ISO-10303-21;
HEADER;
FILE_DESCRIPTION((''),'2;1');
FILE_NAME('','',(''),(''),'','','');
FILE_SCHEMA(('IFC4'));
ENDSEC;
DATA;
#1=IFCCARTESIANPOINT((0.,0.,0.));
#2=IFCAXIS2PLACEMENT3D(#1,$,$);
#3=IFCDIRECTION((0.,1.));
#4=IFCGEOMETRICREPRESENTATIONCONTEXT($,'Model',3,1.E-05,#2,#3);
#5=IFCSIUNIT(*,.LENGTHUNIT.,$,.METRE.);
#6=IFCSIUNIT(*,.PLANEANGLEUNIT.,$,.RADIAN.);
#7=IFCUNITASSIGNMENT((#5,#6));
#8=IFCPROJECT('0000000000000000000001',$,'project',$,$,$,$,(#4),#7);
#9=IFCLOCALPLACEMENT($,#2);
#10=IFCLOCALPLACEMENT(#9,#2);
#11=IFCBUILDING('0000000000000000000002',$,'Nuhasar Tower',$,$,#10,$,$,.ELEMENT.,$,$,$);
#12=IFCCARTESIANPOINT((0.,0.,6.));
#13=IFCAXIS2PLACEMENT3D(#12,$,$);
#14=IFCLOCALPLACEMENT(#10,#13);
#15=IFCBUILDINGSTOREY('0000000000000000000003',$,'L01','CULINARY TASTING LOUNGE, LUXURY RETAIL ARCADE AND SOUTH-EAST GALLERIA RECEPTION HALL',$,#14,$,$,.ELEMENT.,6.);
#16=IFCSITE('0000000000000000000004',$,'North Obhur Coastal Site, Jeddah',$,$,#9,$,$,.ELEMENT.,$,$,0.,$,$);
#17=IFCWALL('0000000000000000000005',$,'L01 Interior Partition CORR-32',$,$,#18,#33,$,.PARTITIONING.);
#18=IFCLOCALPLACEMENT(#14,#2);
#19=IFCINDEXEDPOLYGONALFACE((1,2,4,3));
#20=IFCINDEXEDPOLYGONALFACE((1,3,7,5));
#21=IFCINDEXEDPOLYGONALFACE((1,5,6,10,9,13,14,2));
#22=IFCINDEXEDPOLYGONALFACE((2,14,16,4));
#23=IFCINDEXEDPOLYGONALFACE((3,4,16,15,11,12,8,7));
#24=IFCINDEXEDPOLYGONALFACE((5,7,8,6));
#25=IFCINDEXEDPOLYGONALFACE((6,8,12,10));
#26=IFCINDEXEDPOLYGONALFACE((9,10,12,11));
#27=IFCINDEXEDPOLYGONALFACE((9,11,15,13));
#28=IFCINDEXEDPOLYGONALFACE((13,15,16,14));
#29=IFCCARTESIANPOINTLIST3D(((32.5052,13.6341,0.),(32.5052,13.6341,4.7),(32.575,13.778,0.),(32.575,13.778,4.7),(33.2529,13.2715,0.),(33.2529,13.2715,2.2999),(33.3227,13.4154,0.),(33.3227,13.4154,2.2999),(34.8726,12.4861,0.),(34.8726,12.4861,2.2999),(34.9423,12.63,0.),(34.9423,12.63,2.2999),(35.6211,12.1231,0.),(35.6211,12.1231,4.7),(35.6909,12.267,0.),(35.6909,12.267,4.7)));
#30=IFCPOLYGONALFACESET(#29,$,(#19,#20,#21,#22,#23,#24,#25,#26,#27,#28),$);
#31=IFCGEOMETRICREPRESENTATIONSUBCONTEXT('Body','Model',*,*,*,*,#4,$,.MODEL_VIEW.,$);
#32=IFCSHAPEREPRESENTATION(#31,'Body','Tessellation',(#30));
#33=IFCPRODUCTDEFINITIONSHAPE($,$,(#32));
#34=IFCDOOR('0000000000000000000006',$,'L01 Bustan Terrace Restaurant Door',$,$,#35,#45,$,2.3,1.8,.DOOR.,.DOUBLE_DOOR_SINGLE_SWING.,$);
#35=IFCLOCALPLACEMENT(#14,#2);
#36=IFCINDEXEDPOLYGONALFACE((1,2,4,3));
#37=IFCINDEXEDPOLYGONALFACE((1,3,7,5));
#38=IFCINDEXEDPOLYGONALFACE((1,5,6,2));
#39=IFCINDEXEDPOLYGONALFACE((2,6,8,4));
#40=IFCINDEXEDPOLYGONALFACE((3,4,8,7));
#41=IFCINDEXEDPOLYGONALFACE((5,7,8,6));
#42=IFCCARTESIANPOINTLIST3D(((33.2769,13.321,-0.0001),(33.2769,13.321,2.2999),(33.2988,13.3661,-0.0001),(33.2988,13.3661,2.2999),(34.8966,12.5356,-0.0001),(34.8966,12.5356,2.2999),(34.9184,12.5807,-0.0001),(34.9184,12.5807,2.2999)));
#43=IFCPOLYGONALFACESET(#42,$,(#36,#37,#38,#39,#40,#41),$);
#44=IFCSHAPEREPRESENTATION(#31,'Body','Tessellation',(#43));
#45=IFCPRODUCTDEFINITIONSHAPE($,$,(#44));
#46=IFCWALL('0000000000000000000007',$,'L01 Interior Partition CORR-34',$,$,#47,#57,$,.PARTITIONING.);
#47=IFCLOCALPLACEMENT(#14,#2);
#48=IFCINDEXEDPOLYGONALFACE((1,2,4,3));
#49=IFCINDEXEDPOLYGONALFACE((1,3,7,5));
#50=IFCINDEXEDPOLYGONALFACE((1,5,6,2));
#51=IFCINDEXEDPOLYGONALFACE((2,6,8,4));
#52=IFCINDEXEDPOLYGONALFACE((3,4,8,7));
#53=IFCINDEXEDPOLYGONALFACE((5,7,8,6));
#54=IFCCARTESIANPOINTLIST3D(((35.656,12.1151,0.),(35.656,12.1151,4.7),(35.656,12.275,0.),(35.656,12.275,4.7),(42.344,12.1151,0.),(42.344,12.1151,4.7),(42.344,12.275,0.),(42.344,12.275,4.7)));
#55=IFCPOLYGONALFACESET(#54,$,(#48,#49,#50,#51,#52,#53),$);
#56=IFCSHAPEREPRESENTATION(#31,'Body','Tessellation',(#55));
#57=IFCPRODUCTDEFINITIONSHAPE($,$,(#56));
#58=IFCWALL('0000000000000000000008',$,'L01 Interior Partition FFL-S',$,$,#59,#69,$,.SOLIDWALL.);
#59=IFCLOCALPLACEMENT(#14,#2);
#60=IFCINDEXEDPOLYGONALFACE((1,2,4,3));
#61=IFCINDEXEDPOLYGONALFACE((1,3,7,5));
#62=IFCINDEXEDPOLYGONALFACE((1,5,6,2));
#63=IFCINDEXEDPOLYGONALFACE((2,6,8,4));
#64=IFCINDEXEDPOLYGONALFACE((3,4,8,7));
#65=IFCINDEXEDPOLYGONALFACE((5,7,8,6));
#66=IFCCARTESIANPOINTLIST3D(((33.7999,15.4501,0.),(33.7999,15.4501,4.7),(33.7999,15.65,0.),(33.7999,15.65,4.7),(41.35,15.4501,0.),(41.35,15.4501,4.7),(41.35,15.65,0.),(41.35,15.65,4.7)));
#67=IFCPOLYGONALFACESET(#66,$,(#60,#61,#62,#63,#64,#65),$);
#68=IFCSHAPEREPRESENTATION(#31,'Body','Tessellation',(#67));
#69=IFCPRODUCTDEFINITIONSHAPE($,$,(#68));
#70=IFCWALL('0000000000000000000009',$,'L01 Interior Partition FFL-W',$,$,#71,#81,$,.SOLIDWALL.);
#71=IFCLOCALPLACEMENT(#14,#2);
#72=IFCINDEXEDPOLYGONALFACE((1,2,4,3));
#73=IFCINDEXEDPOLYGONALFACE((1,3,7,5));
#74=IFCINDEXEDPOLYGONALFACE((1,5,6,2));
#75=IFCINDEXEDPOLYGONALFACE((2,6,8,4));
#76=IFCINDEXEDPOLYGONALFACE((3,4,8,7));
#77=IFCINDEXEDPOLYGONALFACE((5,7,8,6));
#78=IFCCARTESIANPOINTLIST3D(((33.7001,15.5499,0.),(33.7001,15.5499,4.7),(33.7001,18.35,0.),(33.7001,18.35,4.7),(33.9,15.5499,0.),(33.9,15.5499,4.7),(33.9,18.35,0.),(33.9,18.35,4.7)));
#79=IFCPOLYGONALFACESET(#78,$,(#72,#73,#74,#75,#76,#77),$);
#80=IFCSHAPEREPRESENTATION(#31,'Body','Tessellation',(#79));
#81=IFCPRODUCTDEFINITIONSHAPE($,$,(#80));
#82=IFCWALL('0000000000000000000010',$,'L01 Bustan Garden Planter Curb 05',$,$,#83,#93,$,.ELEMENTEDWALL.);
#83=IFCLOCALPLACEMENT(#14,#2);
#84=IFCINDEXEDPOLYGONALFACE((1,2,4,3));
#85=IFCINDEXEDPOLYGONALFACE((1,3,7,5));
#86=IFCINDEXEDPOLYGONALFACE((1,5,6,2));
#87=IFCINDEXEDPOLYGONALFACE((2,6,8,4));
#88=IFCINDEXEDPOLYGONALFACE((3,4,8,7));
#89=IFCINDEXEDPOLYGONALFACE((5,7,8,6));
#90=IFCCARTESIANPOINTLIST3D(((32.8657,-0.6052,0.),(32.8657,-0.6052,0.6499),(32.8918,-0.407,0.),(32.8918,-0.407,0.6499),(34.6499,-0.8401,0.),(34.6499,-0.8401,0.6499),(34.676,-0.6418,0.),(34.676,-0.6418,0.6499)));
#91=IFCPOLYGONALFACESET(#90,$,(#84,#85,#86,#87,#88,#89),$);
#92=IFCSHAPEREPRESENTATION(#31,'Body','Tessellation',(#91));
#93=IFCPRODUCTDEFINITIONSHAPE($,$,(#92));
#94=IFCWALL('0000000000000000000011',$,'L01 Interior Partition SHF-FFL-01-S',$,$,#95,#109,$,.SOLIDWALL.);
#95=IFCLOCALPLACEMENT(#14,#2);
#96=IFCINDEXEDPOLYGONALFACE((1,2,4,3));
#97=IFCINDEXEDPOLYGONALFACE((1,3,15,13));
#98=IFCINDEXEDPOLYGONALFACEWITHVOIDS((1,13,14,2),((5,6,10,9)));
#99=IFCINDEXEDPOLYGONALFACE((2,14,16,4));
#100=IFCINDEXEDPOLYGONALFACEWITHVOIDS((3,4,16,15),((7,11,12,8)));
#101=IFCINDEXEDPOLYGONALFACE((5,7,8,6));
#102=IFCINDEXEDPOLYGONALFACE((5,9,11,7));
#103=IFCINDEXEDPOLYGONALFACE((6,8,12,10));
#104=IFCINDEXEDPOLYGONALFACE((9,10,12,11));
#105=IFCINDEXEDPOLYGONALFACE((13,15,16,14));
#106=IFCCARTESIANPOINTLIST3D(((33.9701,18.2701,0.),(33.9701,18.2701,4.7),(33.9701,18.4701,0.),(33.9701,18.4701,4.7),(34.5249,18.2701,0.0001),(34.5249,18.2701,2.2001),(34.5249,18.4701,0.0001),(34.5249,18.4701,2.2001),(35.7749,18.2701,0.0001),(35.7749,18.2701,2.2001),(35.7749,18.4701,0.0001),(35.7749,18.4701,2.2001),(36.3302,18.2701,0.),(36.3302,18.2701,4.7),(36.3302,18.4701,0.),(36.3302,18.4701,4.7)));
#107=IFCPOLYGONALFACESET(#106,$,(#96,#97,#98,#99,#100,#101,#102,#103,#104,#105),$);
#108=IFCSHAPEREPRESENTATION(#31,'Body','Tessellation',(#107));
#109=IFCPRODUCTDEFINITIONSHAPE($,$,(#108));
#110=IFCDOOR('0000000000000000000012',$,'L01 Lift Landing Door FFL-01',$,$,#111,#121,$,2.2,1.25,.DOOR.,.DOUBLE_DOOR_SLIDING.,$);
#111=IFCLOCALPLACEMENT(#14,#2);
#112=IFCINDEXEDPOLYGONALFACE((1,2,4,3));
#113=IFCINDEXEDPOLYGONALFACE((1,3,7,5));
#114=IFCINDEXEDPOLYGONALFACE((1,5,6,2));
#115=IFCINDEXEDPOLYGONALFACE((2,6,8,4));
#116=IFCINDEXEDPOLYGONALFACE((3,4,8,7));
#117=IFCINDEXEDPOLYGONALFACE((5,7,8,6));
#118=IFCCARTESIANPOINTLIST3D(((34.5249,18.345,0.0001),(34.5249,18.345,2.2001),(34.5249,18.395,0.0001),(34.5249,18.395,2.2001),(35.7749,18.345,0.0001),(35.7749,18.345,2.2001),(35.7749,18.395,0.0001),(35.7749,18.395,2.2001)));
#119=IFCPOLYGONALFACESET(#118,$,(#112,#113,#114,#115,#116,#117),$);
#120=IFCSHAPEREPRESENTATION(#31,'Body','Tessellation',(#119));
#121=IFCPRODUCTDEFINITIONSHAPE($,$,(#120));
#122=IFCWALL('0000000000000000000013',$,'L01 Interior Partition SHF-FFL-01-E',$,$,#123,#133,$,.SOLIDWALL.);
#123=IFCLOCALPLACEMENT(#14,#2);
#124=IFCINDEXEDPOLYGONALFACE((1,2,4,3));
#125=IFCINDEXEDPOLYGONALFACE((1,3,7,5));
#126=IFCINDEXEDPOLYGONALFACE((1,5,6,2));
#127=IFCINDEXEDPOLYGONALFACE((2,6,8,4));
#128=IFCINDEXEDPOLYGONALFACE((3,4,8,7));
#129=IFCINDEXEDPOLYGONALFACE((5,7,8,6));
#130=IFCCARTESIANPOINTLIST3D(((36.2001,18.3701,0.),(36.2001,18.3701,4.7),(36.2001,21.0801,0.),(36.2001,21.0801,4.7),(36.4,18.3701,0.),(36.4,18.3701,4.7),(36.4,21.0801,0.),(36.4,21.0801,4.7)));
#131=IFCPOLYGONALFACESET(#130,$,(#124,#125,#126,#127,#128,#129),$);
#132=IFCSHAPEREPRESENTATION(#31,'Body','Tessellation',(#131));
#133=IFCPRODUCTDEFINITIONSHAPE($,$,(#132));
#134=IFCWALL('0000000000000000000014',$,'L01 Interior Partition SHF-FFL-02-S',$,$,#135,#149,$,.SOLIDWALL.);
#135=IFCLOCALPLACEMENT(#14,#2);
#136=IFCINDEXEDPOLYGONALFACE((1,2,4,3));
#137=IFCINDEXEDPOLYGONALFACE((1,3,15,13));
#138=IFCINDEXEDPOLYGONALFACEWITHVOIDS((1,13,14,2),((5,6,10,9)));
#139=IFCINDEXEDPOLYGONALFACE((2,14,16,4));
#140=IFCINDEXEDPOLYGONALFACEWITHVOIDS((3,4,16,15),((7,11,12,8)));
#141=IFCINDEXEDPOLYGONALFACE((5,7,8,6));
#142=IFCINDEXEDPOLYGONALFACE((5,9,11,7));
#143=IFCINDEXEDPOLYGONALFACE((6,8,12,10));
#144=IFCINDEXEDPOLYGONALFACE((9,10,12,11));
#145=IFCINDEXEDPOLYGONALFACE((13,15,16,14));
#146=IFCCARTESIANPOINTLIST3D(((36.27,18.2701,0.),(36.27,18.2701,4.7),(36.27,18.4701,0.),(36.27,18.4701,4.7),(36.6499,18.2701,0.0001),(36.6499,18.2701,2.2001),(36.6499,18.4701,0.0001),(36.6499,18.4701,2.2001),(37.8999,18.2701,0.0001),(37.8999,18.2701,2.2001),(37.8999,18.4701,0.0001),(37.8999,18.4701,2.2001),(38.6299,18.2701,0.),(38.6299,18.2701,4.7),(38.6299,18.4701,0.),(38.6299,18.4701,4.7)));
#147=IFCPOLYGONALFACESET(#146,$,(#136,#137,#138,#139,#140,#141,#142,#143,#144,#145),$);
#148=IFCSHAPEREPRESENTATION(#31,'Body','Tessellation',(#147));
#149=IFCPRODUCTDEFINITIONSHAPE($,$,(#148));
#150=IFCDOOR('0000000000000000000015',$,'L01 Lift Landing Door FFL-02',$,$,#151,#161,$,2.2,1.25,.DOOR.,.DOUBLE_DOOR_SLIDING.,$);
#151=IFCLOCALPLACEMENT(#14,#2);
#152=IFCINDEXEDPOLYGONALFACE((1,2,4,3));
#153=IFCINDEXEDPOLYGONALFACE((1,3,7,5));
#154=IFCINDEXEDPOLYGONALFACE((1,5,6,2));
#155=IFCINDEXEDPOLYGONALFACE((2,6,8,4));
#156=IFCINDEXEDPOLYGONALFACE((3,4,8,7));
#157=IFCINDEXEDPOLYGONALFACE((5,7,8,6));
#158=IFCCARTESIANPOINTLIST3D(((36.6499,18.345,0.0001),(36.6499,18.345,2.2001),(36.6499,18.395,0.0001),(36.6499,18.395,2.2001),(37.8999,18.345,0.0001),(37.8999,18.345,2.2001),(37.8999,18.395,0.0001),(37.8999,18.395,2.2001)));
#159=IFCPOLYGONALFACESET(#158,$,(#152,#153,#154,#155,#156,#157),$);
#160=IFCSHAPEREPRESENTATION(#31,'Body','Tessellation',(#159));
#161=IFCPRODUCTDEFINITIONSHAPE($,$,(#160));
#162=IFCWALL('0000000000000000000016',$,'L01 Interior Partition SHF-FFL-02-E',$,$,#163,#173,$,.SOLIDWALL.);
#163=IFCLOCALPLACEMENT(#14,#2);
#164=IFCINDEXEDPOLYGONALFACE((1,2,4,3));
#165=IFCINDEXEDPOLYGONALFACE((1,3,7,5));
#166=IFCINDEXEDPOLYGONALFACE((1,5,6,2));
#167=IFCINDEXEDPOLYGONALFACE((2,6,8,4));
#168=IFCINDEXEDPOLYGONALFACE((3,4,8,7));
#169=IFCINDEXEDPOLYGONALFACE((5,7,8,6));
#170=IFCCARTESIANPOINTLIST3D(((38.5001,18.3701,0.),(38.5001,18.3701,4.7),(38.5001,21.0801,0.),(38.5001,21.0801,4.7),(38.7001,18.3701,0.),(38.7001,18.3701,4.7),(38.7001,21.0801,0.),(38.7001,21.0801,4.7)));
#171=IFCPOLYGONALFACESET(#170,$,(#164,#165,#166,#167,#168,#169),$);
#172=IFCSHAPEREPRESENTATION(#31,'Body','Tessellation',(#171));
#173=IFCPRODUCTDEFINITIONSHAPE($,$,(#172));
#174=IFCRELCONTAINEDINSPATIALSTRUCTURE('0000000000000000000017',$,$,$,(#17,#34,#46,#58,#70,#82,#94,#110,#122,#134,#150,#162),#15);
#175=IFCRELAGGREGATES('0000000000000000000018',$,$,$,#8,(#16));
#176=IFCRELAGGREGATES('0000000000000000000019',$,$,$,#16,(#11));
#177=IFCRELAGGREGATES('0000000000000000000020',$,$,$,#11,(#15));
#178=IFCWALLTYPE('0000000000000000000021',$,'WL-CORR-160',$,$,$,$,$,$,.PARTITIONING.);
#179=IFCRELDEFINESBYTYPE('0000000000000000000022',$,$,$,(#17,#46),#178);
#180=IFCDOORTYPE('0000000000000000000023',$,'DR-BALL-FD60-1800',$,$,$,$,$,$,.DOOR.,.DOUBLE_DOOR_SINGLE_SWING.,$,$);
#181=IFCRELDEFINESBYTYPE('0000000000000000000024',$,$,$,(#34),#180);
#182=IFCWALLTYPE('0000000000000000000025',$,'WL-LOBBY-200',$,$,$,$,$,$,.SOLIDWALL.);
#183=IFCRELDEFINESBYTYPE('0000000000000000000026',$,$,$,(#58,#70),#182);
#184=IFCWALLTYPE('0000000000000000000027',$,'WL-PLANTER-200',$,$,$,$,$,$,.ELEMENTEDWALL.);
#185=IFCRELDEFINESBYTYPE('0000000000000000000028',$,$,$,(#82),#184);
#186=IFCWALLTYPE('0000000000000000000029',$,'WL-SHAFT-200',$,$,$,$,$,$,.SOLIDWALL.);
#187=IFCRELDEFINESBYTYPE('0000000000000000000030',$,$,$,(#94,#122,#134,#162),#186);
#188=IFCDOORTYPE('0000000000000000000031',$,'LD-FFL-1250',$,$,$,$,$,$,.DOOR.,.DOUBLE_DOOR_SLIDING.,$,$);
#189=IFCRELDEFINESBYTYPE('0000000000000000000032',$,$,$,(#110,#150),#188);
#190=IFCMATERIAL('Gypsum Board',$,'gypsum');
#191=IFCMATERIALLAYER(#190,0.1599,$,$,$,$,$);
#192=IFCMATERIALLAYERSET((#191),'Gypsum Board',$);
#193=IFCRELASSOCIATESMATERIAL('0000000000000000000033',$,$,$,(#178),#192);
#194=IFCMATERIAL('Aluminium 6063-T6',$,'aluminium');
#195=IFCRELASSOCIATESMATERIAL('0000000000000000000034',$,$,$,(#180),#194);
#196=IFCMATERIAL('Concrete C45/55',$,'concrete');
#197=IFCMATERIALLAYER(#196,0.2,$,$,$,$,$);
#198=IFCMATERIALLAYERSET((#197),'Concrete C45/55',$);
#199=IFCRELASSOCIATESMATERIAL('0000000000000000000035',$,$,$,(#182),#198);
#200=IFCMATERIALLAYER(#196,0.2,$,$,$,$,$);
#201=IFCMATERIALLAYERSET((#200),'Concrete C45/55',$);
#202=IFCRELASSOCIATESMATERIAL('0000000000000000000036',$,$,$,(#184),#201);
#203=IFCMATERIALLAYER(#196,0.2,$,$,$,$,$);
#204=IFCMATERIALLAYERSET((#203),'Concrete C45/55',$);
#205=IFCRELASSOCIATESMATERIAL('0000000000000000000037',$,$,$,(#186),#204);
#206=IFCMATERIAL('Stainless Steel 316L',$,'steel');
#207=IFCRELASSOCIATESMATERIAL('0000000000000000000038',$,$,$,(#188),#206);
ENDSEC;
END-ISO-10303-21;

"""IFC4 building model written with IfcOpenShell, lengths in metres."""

from ifc_helpers import new_model, si_unit, direction, frame, frame_2d, origin, place, context, subcontext, project, spatial, rectangle, extrude, material, layer, layer_set, type_object, element, fill, save


model = new_model("IFC4")

# Units and contexts
model_context = context("Model", 3, precision=1e-05, world=origin(), true_north=direction((0.0, 1.0)))
body_context = subcontext(model_context, "Body", "Model", "MODEL_VIEW")
ifc_project = project(units=[si_unit("LENGTHUNIT", "METRE"), si_unit("PLANEANGLEUNIT", "RADIAN")], contexts=[model_context])

# Site, building, storey
site_placement = place(None, origin())
site = spatial("IfcSite", under=ifc_project, at=site_placement, Name="North Obhur Coastal Site, Jeddah", CompositionType="ELEMENT", RefElevation=0.0)
building_placement = place(site_placement, origin())
building = spatial("IfcBuilding", under=site, at=building_placement, Name="Nuhasar Tower", CompositionType="ELEMENT")
storey_placement = place(building_placement, frame((0.0, 0.0, 6.0)))
storey = spatial("IfcBuildingStorey", under=building, at=storey_placement, Name="L01", Description="CULINARY TASTING LOUNGE, LUXURY RETAIL ARCADE AND SOUTH-EAST GALLERIA RECEPTION HALL", CompositionType="ELEMENT", Elevation=6.0)

# Shared definitions
ifc_material_1 = material(Name="Aluminium 6063-T6", Category="aluminium")

# Wall, opening, door
ifc_material_2 = material(Name="Gypsum Board", Category="gypsum")
ifc_layer_1 = layer(ifc_material_2, 0.1599)
ifc_layer_set_1 = layer_set([ifc_layer_1], Name="Gypsum Board")
wall_type_1 = type_object("IfcWallType", Name="WL-CORR-160", PredefinedType="PARTITIONING", material=ifc_layer_set_1)
wall_1_placement = place(storey_placement, frame((35.656, 12.1951, 0.0), z_axis=(0.0, 0.0, 1.0), x_axis=(-0.89979, 0.436324, 0.0)))
wall_1 = element("IfcWall", 1, at=wall_1_placement, inside=storey, type_object=wall_type_1, Name="L01 Interior Partition CORR-32", PredefinedType="PARTITIONING", context=body_context, shape_type="SweptSolid", body=[
    extrude(rectangle(XDim=3.4629, YDim=0.1599, at=frame_2d((1.7314, 0.0))), origin(), (0.0, 0.0, 1.0), 4.7),
])
opening_1_placement = place(wall_1_placement, frame((0.832, 0.0, 0.0)))
opening_1 = element("IfcOpeningElement", 2, at=opening_1_placement, cuts=wall_1, PredefinedType="OPENING", context=body_context, shape_type="SweptSolid", body=[
    extrude(rectangle(XDim=1.8, YDim=2.3, at=frame_2d((0.8999, 1.1499))), frame((0.0, 0.0898, 0.0), z_axis=(0.0, -1.0, 0.0), x_axis=(1.0, 0.0, 0.0)), (0.0, 0.0, 1.0), 0.1799),
])
door_type_1 = type_object("IfcDoorType", Name="DR-BALL-FD60-1800", OperationType="DOUBLE_DOOR_SINGLE_SWING", PredefinedType="DOOR", material=ifc_material_1)
door_1_placement = place(opening_1_placement, origin())
door_1 = element("IfcDoor", 3, at=door_1_placement, inside=storey, type_object=door_type_1, Name="L01 Bustan Terrace Restaurant Door", OperationType="DOUBLE_DOOR_SINGLE_SWING", OverallHeight=2.3, OverallWidth=1.8, PredefinedType="DOOR", context=body_context, shape_type="SweptSolid", body=[
    extrude(rectangle(XDim=1.8, YDim=2.3, at=frame_2d((0.8999, 1.1499))), frame((0.0, 0.0249, 0.0), z_axis=(0.0, -1.0, 0.0), x_axis=(1.0, 0.0, 0.0)), (0.0, 0.0, 1.0), 0.05),
])
fill(opening_1, door_1)

# Walls
wall_2_placement = place(storey_placement, frame((35.656, 12.1951, 0.0), z_axis=(0.0, 0.0, 1.0), x_axis=(1.0, 0.0, 0.0)))
element("IfcWall", 4, at=wall_2_placement, inside=storey, type_object=wall_type_1, Name="L01 Interior Partition CORR-34", PredefinedType="PARTITIONING", context=body_context, shape_type="SweptSolid", body=[
    extrude(rectangle(XDim=6.688, YDim=0.1599, at=frame_2d((3.344, 0.0))), origin(), (0.0, 0.0, 1.0), 4.7),
])
ifc_material_3 = material(Name="Concrete C45/55", Category="concrete")
ifc_layer_2 = layer(ifc_material_3, 0.2)
ifc_layer_set_2 = layer_set([ifc_layer_2], Name="Concrete C45/55")
wall_type_2 = type_object("IfcWallType", Name="WL-LOBBY-200", PredefinedType="SOLIDWALL", material=ifc_layer_set_2)
wall_3_placement = place(storey_placement, frame((33.8, 15.55, 0.0), z_axis=(0.0, 0.0, 1.0), x_axis=(1.0, 0.0, 0.0)))
element("IfcWall", 5, at=wall_3_placement, inside=storey, type_object=wall_type_2, Name="L01 Interior Partition FFL-S", PredefinedType="SOLIDWALL", context=body_context, shape_type="SweptSolid", body=[
    extrude(rectangle(XDim=7.55, YDim=0.2, at=frame_2d((3.7749, 0.0))), origin(), (0.0, 0.0, 1.0), 4.7),
])
wall_4_placement = place(storey_placement, frame((33.8, 15.55, 0.0), z_axis=(0.0, 0.0, 1.0), x_axis=(0.0, 1.0, 0.0)))
element("IfcWall", 6, at=wall_4_placement, inside=storey, type_object=wall_type_2, Name="L01 Interior Partition FFL-W", PredefinedType="SOLIDWALL", context=body_context, shape_type="SweptSolid", body=[
    extrude(rectangle(XDim=2.8, YDim=0.2, at=frame_2d((1.3999, 0.0))), origin(), (0.0, 0.0, 1.0), 4.7),
])
ifc_layer_3 = layer(ifc_material_3, 0.2)
ifc_layer_set_3 = layer_set([ifc_layer_3], Name="Concrete C45/55")
wall_type_3 = type_object("IfcWallType", Name="WL-PLANTER-200", PredefinedType="ELEMENTEDWALL", material=ifc_layer_set_3)
wall_5_placement = place(storey_placement, frame((34.6631, -0.741, 0.0), z_axis=(0.0, 0.0, 1.0), x_axis=(-0.991447, 0.130511, 0.0)))
element("IfcWall", 7, at=wall_5_placement, inside=storey, type_object=wall_type_3, Name="L01 Bustan Garden Planter Curb 05", PredefinedType="ELEMENTEDWALL", context=body_context, shape_type="SweptSolid", body=[
    extrude(rectangle(XDim=1.7996, YDim=0.2, at=frame_2d((0.8999, 0.0))), origin(), (0.0, 0.0, 1.0), 0.6499),
])

# Wall, opening, door
ifc_layer_4 = layer(ifc_material_3, 0.2)
ifc_layer_set_4 = layer_set([ifc_layer_4], Name="Concrete C45/55")
wall_type_4 = type_object("IfcWallType", Name="WL-SHAFT-200", PredefinedType="SOLIDWALL", material=ifc_layer_set_4)
wall_6_placement = place(storey_placement, frame((33.97, 18.3701, 0.0), z_axis=(0.0, 0.0, 1.0), x_axis=(1.0, 0.0, 0.0)))
wall_6 = element("IfcWall", 8, at=wall_6_placement, inside=storey, type_object=wall_type_4, Name="L01 Interior Partition SHF-FFL-01-S", PredefinedType="SOLIDWALL", context=body_context, shape_type="SweptSolid", body=[
    extrude(rectangle(XDim=2.3601, YDim=0.2, at=frame_2d((1.1802, 0.0))), origin(), (0.0, 0.0, 1.0), 4.7),
])
opening_2_placement = place(wall_6_placement, frame((0.5549, 0.0, 0.0)))
opening_2 = element("IfcOpeningElement", 9, at=opening_2_placement, cuts=wall_6, PredefinedType="OPENING", context=body_context, shape_type="SweptSolid", body=[
    extrude(rectangle(XDim=1.25, YDim=2.2, at=frame_2d((0.625, 1.1001))), frame((0.0, 0.1099, 0.0), z_axis=(0.0, -1.0, 0.0), x_axis=(1.0, 0.0, 0.0)), (0.0, 0.0, 1.0), 0.22),
])
ifc_material_4 = material(Name="Stainless Steel 316L", Category="steel")
door_type_2 = type_object("IfcDoorType", Name="LD-FFL-1250", OperationType="DOUBLE_DOOR_SLIDING", PredefinedType="DOOR", material=ifc_material_4)
door_2_placement = place(opening_2_placement, origin())
door_2 = element("IfcDoor", 10, at=door_2_placement, inside=storey, type_object=door_type_2, Name="L01 Lift Landing Door FFL-01", OperationType="DOUBLE_DOOR_SLIDING", OverallHeight=2.2, OverallWidth=1.25, PredefinedType="DOOR", context=body_context, shape_type="SweptSolid", body=[
    extrude(rectangle(XDim=1.25, YDim=2.2, at=frame_2d((0.625, 1.1001))), frame((0.0, 0.0249, 0.0), z_axis=(0.0, -1.0, 0.0), x_axis=(1.0, 0.0, 0.0)), (0.0, 0.0, 1.0), 0.05),
])
fill(opening_2, door_2)

# Wall
wall_7_placement = place(storey_placement, frame((36.3, 18.3701, 0.0), z_axis=(0.0, 0.0, 1.0), x_axis=(0.0, 1.0, 0.0)))
element("IfcWall", 11, at=wall_7_placement, inside=storey, type_object=wall_type_4, Name="L01 Interior Partition SHF-FFL-01-E", PredefinedType="SOLIDWALL", context=body_context, shape_type="SweptSolid", body=[
    extrude(rectangle(XDim=2.71, YDim=0.2, at=frame_2d((1.355, 0.0))), origin(), (0.0, 0.0, 1.0), 4.7),
])

# Wall, opening, door
wall_8_placement = place(storey_placement, frame((36.27, 18.3701, 0.0), z_axis=(0.0, 0.0, 1.0), x_axis=(1.0, 0.0, 0.0)))
wall_8 = element("IfcWall", 12, at=wall_8_placement, inside=storey, type_object=wall_type_4, Name="L01 Interior Partition SHF-FFL-02-S", PredefinedType="SOLIDWALL", context=body_context, shape_type="SweptSolid", body=[
    extrude(rectangle(XDim=2.3599, YDim=0.2, at=frame_2d((1.1799, 0.0))), origin(), (0.0, 0.0, 1.0), 4.7),
])
opening_3_placement = place(wall_8_placement, frame((0.3799, 0.0, 0.0)))
opening_3 = element("IfcOpeningElement", 13, at=opening_3_placement, cuts=wall_8, PredefinedType="OPENING", context=body_context, shape_type="SweptSolid", body=[
    extrude(rectangle(XDim=1.25, YDim=2.2, at=frame_2d((0.625, 1.1001))), frame((0.0, 0.1099, 0.0), z_axis=(0.0, -1.0, 0.0), x_axis=(1.0, 0.0, 0.0)), (0.0, 0.0, 1.0), 0.22),
])
door_3_placement = place(opening_3_placement, origin())
door_3 = element("IfcDoor", 14, at=door_3_placement, inside=storey, type_object=door_type_2, Name="L01 Lift Landing Door FFL-02", OperationType="DOUBLE_DOOR_SLIDING", OverallHeight=2.2, OverallWidth=1.25, PredefinedType="DOOR", context=body_context, shape_type="SweptSolid", body=[
    extrude(rectangle(XDim=1.25, YDim=2.2, at=frame_2d((0.625, 1.1001))), frame((0.0, 0.0249, 0.0), z_axis=(0.0, -1.0, 0.0), x_axis=(1.0, 0.0, 0.0)), (0.0, 0.0, 1.0), 0.05),
])
fill(opening_3, door_3)

# Wall
wall_9_placement = place(storey_placement, frame((38.6001, 18.3701, 0.0), z_axis=(0.0, 0.0, 1.0), x_axis=(0.0, 1.0, 0.0)))
element("IfcWall", 15, at=wall_9_placement, inside=storey, type_object=wall_type_4, Name="L01 Interior Partition SHF-FFL-02-E", PredefinedType="SOLIDWALL", context=body_context, shape_type="SweptSolid", body=[
    extrude(rectangle(XDim=2.71, YDim=0.2, at=frame_2d((1.355, 0.0))), origin(), (0.0, 0.0, 1.0), 4.7),
])

save(model, "model.ifc")
